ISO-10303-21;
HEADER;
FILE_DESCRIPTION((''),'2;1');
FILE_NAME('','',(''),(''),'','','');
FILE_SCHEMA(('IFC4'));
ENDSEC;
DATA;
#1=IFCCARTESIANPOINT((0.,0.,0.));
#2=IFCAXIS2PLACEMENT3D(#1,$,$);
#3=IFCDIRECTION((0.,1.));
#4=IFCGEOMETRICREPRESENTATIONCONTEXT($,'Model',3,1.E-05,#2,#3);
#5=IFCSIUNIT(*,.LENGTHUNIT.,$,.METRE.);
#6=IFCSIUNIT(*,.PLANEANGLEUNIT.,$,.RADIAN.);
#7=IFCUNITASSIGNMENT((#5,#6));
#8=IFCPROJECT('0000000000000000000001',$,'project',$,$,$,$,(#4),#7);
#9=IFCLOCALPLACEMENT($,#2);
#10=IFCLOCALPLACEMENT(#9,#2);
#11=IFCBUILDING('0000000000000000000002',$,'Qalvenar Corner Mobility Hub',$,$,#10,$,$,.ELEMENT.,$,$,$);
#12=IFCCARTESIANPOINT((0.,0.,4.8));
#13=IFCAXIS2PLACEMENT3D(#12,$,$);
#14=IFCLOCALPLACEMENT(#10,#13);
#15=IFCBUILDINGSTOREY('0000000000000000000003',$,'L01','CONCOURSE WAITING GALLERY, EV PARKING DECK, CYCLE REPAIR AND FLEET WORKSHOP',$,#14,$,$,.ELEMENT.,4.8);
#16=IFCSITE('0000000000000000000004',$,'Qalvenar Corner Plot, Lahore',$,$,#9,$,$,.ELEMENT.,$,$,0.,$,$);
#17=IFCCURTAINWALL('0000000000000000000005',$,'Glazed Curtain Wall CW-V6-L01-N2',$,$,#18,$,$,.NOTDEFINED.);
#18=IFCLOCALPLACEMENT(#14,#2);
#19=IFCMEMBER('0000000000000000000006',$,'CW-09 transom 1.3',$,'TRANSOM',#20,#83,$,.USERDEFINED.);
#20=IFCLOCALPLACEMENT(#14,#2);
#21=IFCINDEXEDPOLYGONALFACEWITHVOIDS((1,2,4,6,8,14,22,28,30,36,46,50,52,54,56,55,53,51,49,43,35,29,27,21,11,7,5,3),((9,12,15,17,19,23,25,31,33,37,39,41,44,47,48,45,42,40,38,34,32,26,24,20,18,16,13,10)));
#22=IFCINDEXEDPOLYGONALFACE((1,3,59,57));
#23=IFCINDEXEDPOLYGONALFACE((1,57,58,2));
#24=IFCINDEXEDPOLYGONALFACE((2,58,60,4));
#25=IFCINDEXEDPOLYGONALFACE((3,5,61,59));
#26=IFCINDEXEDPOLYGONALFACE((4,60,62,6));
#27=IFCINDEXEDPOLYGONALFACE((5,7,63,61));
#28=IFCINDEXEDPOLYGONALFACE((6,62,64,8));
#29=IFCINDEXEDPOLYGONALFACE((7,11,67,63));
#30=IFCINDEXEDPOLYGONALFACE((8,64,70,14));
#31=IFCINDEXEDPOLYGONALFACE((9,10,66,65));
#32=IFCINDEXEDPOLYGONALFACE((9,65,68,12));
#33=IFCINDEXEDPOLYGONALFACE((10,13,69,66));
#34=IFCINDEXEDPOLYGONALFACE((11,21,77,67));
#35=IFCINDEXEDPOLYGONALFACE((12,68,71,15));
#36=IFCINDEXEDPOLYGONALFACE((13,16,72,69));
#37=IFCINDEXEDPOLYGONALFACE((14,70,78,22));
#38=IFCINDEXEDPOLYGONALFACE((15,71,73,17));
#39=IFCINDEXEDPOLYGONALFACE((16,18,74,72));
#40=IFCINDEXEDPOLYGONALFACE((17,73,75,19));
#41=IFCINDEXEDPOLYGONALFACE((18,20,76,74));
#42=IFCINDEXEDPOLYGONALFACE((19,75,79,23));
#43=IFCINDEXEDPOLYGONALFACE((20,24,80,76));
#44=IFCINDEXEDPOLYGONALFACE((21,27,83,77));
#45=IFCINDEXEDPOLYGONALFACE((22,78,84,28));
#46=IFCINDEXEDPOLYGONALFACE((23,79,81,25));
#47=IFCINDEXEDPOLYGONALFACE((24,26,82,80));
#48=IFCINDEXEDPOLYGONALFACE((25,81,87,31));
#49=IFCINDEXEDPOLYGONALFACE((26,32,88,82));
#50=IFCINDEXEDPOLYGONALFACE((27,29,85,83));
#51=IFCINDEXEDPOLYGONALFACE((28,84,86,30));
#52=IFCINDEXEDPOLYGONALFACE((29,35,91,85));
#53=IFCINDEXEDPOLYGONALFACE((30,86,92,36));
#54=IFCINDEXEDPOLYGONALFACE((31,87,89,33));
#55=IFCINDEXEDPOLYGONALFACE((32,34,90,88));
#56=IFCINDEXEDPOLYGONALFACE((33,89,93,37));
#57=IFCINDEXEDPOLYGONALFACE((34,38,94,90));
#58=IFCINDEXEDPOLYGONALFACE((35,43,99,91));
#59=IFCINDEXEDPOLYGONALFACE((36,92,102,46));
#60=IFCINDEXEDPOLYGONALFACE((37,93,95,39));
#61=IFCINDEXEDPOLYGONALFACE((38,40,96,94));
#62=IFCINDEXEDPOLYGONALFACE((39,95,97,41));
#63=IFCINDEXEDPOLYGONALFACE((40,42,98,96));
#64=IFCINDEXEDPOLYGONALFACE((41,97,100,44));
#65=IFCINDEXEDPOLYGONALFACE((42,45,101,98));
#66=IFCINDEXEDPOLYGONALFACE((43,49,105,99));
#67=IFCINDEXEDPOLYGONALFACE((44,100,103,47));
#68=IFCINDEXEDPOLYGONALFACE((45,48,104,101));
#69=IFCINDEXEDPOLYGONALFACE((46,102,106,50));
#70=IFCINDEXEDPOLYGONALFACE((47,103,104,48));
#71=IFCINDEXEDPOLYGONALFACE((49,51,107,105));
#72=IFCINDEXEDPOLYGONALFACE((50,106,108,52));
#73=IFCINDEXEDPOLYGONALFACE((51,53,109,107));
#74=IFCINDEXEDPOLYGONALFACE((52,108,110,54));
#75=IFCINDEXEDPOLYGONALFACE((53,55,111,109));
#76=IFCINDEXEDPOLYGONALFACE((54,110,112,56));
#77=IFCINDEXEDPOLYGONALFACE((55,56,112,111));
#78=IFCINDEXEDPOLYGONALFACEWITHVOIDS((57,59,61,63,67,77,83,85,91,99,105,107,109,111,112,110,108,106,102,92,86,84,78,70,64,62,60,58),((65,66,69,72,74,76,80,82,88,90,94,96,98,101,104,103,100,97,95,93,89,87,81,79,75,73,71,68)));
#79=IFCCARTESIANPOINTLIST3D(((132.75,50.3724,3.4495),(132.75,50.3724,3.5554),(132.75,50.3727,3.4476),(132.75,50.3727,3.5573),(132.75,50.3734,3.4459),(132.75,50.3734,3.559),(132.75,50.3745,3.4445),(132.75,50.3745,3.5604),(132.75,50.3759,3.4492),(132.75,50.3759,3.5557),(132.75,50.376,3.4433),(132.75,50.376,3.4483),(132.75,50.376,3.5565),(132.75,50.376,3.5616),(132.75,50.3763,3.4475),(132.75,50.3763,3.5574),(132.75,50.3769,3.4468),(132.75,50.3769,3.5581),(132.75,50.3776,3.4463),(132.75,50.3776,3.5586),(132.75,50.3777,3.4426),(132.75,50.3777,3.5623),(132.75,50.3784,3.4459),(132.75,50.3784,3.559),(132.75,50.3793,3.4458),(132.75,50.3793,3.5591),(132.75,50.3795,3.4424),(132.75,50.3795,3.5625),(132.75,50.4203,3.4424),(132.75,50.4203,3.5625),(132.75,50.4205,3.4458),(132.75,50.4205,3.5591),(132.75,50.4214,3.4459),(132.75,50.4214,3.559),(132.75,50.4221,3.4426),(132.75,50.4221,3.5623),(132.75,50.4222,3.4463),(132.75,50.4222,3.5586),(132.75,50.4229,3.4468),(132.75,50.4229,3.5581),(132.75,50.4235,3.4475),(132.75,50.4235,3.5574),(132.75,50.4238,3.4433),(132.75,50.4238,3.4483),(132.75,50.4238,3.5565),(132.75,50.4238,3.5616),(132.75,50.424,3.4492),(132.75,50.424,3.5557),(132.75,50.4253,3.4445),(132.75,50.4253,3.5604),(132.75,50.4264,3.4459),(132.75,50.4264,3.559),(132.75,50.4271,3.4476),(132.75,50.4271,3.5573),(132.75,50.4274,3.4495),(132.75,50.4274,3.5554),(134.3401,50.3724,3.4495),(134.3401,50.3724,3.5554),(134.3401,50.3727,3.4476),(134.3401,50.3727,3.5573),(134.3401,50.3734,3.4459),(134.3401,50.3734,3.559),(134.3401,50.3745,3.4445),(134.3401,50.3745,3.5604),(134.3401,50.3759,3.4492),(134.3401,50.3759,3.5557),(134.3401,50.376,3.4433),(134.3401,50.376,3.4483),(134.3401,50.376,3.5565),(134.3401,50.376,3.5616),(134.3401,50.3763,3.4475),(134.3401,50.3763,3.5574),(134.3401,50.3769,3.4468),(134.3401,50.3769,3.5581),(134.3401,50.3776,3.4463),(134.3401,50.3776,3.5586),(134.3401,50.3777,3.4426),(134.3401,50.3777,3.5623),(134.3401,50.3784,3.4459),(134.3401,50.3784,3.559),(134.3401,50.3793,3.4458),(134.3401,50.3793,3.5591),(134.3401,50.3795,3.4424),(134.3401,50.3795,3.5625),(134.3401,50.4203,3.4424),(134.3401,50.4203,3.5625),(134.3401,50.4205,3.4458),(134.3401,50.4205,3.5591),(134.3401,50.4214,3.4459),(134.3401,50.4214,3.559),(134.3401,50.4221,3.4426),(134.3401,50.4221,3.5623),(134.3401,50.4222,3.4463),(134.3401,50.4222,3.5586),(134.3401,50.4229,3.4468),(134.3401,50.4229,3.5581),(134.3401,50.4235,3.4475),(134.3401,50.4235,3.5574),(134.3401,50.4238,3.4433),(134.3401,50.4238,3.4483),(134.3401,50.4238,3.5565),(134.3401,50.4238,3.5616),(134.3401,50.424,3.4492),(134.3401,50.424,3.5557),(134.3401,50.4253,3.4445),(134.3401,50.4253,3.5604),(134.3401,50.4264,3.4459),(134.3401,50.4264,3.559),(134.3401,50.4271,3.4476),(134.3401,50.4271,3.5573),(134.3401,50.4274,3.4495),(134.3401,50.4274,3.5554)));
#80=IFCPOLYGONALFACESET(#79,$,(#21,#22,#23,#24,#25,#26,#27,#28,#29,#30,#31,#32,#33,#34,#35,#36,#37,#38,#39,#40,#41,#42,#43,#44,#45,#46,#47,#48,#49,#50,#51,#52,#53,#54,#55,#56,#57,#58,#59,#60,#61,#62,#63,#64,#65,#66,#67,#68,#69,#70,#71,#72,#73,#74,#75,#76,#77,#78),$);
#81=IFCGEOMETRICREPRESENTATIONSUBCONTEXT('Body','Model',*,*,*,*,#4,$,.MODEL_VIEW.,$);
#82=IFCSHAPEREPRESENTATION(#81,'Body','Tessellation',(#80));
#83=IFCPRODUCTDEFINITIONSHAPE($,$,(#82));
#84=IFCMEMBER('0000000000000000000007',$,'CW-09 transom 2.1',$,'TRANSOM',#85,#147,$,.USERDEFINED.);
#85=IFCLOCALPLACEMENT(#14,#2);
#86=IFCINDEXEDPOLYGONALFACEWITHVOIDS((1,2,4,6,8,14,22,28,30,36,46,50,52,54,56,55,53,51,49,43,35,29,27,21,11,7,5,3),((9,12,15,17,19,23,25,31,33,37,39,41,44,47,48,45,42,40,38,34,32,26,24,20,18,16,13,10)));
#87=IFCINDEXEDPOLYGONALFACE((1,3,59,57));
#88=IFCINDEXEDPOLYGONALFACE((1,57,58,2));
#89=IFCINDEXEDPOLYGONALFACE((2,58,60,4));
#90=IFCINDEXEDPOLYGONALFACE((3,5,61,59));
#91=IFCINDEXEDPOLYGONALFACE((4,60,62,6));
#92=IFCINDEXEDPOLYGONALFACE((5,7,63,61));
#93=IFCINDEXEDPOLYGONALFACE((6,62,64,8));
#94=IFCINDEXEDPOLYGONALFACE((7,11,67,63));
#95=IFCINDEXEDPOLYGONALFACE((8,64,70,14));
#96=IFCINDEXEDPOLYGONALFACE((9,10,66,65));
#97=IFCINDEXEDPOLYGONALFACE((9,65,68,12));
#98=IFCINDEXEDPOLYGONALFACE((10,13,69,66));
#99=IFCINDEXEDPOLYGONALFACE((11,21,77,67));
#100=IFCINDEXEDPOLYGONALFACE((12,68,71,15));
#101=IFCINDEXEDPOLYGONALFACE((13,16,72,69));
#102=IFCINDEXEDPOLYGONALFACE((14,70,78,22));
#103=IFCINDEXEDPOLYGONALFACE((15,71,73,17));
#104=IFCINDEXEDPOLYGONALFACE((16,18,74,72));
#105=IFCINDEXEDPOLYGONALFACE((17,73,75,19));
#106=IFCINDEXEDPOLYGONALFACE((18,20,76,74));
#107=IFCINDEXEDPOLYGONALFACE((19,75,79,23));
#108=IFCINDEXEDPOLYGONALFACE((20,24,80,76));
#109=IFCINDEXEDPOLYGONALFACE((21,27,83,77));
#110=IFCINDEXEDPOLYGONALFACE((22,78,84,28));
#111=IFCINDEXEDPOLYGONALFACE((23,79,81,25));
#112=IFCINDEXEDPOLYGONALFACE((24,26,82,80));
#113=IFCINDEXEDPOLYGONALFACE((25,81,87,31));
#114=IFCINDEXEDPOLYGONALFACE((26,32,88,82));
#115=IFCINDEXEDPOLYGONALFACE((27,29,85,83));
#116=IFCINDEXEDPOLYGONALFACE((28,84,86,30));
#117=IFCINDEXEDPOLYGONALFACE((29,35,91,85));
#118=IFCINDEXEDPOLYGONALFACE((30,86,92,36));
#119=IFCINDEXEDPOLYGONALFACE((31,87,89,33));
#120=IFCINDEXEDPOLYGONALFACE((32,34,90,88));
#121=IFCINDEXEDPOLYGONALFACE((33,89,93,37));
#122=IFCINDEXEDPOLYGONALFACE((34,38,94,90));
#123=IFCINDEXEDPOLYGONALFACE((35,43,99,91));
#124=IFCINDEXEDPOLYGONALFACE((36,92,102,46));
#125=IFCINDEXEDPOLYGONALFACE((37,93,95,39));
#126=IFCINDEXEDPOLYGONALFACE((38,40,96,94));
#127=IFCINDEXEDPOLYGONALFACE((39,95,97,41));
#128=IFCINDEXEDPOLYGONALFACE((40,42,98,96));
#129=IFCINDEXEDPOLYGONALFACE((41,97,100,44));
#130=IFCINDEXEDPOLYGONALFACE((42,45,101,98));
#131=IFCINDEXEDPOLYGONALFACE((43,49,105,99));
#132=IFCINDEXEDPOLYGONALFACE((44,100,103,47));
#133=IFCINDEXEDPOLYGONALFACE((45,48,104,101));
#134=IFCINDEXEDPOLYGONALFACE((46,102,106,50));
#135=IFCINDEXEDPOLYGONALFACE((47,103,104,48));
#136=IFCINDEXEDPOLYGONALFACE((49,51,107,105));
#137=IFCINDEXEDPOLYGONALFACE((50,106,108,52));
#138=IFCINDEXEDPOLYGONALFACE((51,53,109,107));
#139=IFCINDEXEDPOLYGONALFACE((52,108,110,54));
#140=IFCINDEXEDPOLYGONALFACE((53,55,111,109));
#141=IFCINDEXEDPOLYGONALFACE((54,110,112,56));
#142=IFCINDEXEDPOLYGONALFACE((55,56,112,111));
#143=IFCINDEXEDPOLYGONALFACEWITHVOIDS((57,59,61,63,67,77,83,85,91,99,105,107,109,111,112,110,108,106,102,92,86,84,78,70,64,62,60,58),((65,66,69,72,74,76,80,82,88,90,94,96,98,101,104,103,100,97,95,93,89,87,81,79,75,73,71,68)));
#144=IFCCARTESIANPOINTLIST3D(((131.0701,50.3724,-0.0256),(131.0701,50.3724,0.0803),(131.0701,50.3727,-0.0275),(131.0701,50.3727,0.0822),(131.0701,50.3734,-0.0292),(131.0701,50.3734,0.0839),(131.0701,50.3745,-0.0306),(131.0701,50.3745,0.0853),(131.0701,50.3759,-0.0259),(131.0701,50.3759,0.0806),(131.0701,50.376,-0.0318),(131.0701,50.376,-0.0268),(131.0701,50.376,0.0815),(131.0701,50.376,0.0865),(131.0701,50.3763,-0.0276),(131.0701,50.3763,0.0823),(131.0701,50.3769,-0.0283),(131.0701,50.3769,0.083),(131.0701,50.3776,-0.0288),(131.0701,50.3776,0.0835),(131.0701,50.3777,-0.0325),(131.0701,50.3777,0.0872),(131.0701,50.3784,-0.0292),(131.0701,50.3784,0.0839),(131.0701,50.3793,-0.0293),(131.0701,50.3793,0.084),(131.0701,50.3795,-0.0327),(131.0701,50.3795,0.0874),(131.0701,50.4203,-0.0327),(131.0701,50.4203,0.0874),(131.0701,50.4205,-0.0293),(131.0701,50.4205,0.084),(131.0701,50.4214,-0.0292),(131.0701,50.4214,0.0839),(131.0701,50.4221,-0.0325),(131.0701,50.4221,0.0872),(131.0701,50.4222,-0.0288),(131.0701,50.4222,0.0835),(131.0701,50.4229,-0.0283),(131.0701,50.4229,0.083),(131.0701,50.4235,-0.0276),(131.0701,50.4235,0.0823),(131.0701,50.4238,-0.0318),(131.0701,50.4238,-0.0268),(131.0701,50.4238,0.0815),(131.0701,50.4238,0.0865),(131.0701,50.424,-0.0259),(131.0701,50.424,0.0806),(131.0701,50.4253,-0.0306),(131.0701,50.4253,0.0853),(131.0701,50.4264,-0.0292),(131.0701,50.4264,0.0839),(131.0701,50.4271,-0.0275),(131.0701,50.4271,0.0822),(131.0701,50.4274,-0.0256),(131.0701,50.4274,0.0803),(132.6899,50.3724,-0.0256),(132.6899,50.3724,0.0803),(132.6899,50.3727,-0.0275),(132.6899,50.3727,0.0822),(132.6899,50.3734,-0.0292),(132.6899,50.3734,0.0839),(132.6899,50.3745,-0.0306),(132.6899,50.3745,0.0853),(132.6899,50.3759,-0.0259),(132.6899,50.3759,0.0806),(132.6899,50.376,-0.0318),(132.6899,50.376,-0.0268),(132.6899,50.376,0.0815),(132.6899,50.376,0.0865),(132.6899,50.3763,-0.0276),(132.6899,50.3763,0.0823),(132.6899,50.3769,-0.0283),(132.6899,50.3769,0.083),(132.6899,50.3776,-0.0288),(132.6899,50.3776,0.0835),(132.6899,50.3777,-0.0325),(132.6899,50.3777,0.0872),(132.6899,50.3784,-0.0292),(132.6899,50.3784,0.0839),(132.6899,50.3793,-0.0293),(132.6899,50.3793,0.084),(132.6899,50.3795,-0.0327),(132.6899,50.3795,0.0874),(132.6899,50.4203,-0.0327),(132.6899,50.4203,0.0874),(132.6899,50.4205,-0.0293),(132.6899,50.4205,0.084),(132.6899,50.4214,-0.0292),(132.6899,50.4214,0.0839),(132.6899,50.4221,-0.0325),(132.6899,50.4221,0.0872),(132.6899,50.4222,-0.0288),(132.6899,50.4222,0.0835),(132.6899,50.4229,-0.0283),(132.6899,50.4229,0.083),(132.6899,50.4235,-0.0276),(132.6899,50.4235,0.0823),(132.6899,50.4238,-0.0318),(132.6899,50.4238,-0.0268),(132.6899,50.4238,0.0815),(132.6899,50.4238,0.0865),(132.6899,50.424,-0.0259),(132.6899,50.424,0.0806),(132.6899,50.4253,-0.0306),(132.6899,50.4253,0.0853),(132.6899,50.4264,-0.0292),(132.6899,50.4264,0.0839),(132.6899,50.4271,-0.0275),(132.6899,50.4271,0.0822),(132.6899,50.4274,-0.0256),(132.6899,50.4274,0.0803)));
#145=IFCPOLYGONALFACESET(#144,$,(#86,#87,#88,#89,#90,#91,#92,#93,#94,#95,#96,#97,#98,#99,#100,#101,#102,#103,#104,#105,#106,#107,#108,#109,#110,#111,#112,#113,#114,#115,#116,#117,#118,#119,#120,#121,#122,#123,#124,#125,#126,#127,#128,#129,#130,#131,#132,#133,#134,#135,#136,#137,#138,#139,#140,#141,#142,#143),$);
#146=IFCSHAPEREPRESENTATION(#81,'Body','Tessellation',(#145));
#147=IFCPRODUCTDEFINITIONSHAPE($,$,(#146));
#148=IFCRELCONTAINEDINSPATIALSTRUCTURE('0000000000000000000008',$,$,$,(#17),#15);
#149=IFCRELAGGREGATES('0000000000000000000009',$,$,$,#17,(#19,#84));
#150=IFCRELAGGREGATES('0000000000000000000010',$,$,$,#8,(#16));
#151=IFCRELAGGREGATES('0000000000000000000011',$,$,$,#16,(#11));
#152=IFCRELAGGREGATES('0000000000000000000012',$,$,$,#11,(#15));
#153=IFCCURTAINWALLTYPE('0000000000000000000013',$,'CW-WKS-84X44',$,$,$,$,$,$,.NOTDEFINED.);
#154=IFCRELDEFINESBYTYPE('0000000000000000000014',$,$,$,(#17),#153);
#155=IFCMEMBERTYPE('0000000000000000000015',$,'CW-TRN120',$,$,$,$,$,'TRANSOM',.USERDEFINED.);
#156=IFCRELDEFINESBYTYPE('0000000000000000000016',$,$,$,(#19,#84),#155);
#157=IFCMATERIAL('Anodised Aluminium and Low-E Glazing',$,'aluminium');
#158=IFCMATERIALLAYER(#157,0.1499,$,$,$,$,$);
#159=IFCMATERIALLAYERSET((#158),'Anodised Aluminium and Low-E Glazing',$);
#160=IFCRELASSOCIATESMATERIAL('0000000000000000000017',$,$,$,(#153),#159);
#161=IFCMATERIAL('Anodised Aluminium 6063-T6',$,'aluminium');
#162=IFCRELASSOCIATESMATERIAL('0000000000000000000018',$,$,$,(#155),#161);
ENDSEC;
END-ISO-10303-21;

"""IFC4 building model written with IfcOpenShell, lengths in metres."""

from ifc_helpers import new_model, si_unit, direction, frame, origin, origin_2d, place, context, subcontext, project, spatial, hollow_rectangle, extrude, material, layer, layer_set, material_profile, profile_set, type_object, element, aggregate, save


model = new_model("IFC4")

# Units and contexts
model_context = context("Model", 3, precision=1e-05, world=origin(), true_north=direction((0.0, 1.0)))
body_context = subcontext(model_context, "Body", "Model", "MODEL_VIEW")
ifc_project = project(units=[si_unit("LENGTHUNIT", "METRE"), si_unit("PLANEANGLEUNIT", "RADIAN")], contexts=[model_context])

# Site, building, storey
site_placement = place(None, origin())
site = spatial("IfcSite", under=ifc_project, at=site_placement, Name="Qalvenar Corner Plot, Lahore", CompositionType="ELEMENT", RefElevation=0.0)
building_placement = place(site_placement, origin())
building = spatial("IfcBuilding", under=site, at=building_placement, Name="Qalvenar Corner Mobility Hub", CompositionType="ELEMENT")
storey_placement = place(building_placement, frame((0.0, 0.0, 4.8)))
storey = spatial("IfcBuildingStorey", under=building, at=storey_placement, Name="L01", Description="CONCOURSE WAITING GALLERY, EV PARKING DECK, CYCLE REPAIR AND FLEET WORKSHOP", CompositionType="ELEMENT", Elevation=4.8)

# Curtain wall, members
ifc_material_1 = material(Name="Anodised Aluminium and Low-E Glazing", Category="aluminium")
ifc_layer_1 = layer(ifc_material_1, 0.1499)
ifc_layer_set_1 = layer_set([ifc_layer_1], Name="Anodised Aluminium and Low-E Glazing")
curtain_wall_type = type_object("IfcCurtainWallType", Name="CW-WKS-84X44", PredefinedType="NOTDEFINED", material=ifc_layer_set_1)
curtain_wall_placement = place(storey_placement, origin())
curtain_wall = element("IfcCurtainWall", 1, at=curtain_wall_placement, inside=storey, type_object=curtain_wall_type, Name="Glazed Curtain Wall CW-V6-L01-N2", PredefinedType="NOTDEFINED")
ifc_material_2 = material(Name="Anodised Aluminium 6063-T6", Category="aluminium")
ifc_material_profile_1 = material_profile(ifc_material_2, hollow_rectangle(XDim=0.0549, YDim=0.1201, WallThickness=0.0034, InnerFilletRadius=0.0034, OuterFilletRadius=0.0071, at=origin_2d()), Name="RHS120x55x3.5")
ifc_profile_set_1 = profile_set([ifc_material_profile_1], Name="Anodised Aluminium 6063-T6")
member_type_1 = type_object("IfcMemberType", Name="CW-TRN120", ElementType="TRANSOM", PredefinedType="USERDEFINED", material=ifc_profile_set_1)
member_1_placement = place(storey_placement, frame((134.3401, 50.3999, 3.5024), z_axis=(-1.0, 0.0, 0.0), x_axis=(0.0, -1.0, 0.0)))
member_1 = element("IfcMember", 2, at=member_1_placement, type_object=member_type_1, Name="CW-09 transom 1.3", ObjectType="TRANSOM", PredefinedType="USERDEFINED", context=body_context, shape_type="SweptSolid", body=[
    extrude(hollow_rectangle(XDim=0.0549, YDim=0.1201, WallThickness=0.0034, InnerFilletRadius=0.0034, OuterFilletRadius=0.0071, at=origin_2d()), origin(), (0.0, 0.0, 1.0), 1.5901),
])
member_2_placement = place(storey_placement, frame((132.6899, 50.3999, 0.0273), z_axis=(-1.0, 0.0, 0.0), x_axis=(0.0, -1.0, 0.0)))
member_2 = element("IfcMember", 3, at=member_2_placement, type_object=member_type_1, Name="CW-09 transom 2.1", ObjectType="TRANSOM", PredefinedType="USERDEFINED", context=body_context, shape_type="SweptSolid", body=[
    extrude(hollow_rectangle(XDim=0.0549, YDim=0.1201, WallThickness=0.0034, InnerFilletRadius=0.0034, OuterFilletRadius=0.0071, at=origin_2d()), origin(), (0.0, 0.0, 1.0), 1.6199),
])

aggregate(curtain_wall, [member_1, member_2])

save(model, "model.ifc")
